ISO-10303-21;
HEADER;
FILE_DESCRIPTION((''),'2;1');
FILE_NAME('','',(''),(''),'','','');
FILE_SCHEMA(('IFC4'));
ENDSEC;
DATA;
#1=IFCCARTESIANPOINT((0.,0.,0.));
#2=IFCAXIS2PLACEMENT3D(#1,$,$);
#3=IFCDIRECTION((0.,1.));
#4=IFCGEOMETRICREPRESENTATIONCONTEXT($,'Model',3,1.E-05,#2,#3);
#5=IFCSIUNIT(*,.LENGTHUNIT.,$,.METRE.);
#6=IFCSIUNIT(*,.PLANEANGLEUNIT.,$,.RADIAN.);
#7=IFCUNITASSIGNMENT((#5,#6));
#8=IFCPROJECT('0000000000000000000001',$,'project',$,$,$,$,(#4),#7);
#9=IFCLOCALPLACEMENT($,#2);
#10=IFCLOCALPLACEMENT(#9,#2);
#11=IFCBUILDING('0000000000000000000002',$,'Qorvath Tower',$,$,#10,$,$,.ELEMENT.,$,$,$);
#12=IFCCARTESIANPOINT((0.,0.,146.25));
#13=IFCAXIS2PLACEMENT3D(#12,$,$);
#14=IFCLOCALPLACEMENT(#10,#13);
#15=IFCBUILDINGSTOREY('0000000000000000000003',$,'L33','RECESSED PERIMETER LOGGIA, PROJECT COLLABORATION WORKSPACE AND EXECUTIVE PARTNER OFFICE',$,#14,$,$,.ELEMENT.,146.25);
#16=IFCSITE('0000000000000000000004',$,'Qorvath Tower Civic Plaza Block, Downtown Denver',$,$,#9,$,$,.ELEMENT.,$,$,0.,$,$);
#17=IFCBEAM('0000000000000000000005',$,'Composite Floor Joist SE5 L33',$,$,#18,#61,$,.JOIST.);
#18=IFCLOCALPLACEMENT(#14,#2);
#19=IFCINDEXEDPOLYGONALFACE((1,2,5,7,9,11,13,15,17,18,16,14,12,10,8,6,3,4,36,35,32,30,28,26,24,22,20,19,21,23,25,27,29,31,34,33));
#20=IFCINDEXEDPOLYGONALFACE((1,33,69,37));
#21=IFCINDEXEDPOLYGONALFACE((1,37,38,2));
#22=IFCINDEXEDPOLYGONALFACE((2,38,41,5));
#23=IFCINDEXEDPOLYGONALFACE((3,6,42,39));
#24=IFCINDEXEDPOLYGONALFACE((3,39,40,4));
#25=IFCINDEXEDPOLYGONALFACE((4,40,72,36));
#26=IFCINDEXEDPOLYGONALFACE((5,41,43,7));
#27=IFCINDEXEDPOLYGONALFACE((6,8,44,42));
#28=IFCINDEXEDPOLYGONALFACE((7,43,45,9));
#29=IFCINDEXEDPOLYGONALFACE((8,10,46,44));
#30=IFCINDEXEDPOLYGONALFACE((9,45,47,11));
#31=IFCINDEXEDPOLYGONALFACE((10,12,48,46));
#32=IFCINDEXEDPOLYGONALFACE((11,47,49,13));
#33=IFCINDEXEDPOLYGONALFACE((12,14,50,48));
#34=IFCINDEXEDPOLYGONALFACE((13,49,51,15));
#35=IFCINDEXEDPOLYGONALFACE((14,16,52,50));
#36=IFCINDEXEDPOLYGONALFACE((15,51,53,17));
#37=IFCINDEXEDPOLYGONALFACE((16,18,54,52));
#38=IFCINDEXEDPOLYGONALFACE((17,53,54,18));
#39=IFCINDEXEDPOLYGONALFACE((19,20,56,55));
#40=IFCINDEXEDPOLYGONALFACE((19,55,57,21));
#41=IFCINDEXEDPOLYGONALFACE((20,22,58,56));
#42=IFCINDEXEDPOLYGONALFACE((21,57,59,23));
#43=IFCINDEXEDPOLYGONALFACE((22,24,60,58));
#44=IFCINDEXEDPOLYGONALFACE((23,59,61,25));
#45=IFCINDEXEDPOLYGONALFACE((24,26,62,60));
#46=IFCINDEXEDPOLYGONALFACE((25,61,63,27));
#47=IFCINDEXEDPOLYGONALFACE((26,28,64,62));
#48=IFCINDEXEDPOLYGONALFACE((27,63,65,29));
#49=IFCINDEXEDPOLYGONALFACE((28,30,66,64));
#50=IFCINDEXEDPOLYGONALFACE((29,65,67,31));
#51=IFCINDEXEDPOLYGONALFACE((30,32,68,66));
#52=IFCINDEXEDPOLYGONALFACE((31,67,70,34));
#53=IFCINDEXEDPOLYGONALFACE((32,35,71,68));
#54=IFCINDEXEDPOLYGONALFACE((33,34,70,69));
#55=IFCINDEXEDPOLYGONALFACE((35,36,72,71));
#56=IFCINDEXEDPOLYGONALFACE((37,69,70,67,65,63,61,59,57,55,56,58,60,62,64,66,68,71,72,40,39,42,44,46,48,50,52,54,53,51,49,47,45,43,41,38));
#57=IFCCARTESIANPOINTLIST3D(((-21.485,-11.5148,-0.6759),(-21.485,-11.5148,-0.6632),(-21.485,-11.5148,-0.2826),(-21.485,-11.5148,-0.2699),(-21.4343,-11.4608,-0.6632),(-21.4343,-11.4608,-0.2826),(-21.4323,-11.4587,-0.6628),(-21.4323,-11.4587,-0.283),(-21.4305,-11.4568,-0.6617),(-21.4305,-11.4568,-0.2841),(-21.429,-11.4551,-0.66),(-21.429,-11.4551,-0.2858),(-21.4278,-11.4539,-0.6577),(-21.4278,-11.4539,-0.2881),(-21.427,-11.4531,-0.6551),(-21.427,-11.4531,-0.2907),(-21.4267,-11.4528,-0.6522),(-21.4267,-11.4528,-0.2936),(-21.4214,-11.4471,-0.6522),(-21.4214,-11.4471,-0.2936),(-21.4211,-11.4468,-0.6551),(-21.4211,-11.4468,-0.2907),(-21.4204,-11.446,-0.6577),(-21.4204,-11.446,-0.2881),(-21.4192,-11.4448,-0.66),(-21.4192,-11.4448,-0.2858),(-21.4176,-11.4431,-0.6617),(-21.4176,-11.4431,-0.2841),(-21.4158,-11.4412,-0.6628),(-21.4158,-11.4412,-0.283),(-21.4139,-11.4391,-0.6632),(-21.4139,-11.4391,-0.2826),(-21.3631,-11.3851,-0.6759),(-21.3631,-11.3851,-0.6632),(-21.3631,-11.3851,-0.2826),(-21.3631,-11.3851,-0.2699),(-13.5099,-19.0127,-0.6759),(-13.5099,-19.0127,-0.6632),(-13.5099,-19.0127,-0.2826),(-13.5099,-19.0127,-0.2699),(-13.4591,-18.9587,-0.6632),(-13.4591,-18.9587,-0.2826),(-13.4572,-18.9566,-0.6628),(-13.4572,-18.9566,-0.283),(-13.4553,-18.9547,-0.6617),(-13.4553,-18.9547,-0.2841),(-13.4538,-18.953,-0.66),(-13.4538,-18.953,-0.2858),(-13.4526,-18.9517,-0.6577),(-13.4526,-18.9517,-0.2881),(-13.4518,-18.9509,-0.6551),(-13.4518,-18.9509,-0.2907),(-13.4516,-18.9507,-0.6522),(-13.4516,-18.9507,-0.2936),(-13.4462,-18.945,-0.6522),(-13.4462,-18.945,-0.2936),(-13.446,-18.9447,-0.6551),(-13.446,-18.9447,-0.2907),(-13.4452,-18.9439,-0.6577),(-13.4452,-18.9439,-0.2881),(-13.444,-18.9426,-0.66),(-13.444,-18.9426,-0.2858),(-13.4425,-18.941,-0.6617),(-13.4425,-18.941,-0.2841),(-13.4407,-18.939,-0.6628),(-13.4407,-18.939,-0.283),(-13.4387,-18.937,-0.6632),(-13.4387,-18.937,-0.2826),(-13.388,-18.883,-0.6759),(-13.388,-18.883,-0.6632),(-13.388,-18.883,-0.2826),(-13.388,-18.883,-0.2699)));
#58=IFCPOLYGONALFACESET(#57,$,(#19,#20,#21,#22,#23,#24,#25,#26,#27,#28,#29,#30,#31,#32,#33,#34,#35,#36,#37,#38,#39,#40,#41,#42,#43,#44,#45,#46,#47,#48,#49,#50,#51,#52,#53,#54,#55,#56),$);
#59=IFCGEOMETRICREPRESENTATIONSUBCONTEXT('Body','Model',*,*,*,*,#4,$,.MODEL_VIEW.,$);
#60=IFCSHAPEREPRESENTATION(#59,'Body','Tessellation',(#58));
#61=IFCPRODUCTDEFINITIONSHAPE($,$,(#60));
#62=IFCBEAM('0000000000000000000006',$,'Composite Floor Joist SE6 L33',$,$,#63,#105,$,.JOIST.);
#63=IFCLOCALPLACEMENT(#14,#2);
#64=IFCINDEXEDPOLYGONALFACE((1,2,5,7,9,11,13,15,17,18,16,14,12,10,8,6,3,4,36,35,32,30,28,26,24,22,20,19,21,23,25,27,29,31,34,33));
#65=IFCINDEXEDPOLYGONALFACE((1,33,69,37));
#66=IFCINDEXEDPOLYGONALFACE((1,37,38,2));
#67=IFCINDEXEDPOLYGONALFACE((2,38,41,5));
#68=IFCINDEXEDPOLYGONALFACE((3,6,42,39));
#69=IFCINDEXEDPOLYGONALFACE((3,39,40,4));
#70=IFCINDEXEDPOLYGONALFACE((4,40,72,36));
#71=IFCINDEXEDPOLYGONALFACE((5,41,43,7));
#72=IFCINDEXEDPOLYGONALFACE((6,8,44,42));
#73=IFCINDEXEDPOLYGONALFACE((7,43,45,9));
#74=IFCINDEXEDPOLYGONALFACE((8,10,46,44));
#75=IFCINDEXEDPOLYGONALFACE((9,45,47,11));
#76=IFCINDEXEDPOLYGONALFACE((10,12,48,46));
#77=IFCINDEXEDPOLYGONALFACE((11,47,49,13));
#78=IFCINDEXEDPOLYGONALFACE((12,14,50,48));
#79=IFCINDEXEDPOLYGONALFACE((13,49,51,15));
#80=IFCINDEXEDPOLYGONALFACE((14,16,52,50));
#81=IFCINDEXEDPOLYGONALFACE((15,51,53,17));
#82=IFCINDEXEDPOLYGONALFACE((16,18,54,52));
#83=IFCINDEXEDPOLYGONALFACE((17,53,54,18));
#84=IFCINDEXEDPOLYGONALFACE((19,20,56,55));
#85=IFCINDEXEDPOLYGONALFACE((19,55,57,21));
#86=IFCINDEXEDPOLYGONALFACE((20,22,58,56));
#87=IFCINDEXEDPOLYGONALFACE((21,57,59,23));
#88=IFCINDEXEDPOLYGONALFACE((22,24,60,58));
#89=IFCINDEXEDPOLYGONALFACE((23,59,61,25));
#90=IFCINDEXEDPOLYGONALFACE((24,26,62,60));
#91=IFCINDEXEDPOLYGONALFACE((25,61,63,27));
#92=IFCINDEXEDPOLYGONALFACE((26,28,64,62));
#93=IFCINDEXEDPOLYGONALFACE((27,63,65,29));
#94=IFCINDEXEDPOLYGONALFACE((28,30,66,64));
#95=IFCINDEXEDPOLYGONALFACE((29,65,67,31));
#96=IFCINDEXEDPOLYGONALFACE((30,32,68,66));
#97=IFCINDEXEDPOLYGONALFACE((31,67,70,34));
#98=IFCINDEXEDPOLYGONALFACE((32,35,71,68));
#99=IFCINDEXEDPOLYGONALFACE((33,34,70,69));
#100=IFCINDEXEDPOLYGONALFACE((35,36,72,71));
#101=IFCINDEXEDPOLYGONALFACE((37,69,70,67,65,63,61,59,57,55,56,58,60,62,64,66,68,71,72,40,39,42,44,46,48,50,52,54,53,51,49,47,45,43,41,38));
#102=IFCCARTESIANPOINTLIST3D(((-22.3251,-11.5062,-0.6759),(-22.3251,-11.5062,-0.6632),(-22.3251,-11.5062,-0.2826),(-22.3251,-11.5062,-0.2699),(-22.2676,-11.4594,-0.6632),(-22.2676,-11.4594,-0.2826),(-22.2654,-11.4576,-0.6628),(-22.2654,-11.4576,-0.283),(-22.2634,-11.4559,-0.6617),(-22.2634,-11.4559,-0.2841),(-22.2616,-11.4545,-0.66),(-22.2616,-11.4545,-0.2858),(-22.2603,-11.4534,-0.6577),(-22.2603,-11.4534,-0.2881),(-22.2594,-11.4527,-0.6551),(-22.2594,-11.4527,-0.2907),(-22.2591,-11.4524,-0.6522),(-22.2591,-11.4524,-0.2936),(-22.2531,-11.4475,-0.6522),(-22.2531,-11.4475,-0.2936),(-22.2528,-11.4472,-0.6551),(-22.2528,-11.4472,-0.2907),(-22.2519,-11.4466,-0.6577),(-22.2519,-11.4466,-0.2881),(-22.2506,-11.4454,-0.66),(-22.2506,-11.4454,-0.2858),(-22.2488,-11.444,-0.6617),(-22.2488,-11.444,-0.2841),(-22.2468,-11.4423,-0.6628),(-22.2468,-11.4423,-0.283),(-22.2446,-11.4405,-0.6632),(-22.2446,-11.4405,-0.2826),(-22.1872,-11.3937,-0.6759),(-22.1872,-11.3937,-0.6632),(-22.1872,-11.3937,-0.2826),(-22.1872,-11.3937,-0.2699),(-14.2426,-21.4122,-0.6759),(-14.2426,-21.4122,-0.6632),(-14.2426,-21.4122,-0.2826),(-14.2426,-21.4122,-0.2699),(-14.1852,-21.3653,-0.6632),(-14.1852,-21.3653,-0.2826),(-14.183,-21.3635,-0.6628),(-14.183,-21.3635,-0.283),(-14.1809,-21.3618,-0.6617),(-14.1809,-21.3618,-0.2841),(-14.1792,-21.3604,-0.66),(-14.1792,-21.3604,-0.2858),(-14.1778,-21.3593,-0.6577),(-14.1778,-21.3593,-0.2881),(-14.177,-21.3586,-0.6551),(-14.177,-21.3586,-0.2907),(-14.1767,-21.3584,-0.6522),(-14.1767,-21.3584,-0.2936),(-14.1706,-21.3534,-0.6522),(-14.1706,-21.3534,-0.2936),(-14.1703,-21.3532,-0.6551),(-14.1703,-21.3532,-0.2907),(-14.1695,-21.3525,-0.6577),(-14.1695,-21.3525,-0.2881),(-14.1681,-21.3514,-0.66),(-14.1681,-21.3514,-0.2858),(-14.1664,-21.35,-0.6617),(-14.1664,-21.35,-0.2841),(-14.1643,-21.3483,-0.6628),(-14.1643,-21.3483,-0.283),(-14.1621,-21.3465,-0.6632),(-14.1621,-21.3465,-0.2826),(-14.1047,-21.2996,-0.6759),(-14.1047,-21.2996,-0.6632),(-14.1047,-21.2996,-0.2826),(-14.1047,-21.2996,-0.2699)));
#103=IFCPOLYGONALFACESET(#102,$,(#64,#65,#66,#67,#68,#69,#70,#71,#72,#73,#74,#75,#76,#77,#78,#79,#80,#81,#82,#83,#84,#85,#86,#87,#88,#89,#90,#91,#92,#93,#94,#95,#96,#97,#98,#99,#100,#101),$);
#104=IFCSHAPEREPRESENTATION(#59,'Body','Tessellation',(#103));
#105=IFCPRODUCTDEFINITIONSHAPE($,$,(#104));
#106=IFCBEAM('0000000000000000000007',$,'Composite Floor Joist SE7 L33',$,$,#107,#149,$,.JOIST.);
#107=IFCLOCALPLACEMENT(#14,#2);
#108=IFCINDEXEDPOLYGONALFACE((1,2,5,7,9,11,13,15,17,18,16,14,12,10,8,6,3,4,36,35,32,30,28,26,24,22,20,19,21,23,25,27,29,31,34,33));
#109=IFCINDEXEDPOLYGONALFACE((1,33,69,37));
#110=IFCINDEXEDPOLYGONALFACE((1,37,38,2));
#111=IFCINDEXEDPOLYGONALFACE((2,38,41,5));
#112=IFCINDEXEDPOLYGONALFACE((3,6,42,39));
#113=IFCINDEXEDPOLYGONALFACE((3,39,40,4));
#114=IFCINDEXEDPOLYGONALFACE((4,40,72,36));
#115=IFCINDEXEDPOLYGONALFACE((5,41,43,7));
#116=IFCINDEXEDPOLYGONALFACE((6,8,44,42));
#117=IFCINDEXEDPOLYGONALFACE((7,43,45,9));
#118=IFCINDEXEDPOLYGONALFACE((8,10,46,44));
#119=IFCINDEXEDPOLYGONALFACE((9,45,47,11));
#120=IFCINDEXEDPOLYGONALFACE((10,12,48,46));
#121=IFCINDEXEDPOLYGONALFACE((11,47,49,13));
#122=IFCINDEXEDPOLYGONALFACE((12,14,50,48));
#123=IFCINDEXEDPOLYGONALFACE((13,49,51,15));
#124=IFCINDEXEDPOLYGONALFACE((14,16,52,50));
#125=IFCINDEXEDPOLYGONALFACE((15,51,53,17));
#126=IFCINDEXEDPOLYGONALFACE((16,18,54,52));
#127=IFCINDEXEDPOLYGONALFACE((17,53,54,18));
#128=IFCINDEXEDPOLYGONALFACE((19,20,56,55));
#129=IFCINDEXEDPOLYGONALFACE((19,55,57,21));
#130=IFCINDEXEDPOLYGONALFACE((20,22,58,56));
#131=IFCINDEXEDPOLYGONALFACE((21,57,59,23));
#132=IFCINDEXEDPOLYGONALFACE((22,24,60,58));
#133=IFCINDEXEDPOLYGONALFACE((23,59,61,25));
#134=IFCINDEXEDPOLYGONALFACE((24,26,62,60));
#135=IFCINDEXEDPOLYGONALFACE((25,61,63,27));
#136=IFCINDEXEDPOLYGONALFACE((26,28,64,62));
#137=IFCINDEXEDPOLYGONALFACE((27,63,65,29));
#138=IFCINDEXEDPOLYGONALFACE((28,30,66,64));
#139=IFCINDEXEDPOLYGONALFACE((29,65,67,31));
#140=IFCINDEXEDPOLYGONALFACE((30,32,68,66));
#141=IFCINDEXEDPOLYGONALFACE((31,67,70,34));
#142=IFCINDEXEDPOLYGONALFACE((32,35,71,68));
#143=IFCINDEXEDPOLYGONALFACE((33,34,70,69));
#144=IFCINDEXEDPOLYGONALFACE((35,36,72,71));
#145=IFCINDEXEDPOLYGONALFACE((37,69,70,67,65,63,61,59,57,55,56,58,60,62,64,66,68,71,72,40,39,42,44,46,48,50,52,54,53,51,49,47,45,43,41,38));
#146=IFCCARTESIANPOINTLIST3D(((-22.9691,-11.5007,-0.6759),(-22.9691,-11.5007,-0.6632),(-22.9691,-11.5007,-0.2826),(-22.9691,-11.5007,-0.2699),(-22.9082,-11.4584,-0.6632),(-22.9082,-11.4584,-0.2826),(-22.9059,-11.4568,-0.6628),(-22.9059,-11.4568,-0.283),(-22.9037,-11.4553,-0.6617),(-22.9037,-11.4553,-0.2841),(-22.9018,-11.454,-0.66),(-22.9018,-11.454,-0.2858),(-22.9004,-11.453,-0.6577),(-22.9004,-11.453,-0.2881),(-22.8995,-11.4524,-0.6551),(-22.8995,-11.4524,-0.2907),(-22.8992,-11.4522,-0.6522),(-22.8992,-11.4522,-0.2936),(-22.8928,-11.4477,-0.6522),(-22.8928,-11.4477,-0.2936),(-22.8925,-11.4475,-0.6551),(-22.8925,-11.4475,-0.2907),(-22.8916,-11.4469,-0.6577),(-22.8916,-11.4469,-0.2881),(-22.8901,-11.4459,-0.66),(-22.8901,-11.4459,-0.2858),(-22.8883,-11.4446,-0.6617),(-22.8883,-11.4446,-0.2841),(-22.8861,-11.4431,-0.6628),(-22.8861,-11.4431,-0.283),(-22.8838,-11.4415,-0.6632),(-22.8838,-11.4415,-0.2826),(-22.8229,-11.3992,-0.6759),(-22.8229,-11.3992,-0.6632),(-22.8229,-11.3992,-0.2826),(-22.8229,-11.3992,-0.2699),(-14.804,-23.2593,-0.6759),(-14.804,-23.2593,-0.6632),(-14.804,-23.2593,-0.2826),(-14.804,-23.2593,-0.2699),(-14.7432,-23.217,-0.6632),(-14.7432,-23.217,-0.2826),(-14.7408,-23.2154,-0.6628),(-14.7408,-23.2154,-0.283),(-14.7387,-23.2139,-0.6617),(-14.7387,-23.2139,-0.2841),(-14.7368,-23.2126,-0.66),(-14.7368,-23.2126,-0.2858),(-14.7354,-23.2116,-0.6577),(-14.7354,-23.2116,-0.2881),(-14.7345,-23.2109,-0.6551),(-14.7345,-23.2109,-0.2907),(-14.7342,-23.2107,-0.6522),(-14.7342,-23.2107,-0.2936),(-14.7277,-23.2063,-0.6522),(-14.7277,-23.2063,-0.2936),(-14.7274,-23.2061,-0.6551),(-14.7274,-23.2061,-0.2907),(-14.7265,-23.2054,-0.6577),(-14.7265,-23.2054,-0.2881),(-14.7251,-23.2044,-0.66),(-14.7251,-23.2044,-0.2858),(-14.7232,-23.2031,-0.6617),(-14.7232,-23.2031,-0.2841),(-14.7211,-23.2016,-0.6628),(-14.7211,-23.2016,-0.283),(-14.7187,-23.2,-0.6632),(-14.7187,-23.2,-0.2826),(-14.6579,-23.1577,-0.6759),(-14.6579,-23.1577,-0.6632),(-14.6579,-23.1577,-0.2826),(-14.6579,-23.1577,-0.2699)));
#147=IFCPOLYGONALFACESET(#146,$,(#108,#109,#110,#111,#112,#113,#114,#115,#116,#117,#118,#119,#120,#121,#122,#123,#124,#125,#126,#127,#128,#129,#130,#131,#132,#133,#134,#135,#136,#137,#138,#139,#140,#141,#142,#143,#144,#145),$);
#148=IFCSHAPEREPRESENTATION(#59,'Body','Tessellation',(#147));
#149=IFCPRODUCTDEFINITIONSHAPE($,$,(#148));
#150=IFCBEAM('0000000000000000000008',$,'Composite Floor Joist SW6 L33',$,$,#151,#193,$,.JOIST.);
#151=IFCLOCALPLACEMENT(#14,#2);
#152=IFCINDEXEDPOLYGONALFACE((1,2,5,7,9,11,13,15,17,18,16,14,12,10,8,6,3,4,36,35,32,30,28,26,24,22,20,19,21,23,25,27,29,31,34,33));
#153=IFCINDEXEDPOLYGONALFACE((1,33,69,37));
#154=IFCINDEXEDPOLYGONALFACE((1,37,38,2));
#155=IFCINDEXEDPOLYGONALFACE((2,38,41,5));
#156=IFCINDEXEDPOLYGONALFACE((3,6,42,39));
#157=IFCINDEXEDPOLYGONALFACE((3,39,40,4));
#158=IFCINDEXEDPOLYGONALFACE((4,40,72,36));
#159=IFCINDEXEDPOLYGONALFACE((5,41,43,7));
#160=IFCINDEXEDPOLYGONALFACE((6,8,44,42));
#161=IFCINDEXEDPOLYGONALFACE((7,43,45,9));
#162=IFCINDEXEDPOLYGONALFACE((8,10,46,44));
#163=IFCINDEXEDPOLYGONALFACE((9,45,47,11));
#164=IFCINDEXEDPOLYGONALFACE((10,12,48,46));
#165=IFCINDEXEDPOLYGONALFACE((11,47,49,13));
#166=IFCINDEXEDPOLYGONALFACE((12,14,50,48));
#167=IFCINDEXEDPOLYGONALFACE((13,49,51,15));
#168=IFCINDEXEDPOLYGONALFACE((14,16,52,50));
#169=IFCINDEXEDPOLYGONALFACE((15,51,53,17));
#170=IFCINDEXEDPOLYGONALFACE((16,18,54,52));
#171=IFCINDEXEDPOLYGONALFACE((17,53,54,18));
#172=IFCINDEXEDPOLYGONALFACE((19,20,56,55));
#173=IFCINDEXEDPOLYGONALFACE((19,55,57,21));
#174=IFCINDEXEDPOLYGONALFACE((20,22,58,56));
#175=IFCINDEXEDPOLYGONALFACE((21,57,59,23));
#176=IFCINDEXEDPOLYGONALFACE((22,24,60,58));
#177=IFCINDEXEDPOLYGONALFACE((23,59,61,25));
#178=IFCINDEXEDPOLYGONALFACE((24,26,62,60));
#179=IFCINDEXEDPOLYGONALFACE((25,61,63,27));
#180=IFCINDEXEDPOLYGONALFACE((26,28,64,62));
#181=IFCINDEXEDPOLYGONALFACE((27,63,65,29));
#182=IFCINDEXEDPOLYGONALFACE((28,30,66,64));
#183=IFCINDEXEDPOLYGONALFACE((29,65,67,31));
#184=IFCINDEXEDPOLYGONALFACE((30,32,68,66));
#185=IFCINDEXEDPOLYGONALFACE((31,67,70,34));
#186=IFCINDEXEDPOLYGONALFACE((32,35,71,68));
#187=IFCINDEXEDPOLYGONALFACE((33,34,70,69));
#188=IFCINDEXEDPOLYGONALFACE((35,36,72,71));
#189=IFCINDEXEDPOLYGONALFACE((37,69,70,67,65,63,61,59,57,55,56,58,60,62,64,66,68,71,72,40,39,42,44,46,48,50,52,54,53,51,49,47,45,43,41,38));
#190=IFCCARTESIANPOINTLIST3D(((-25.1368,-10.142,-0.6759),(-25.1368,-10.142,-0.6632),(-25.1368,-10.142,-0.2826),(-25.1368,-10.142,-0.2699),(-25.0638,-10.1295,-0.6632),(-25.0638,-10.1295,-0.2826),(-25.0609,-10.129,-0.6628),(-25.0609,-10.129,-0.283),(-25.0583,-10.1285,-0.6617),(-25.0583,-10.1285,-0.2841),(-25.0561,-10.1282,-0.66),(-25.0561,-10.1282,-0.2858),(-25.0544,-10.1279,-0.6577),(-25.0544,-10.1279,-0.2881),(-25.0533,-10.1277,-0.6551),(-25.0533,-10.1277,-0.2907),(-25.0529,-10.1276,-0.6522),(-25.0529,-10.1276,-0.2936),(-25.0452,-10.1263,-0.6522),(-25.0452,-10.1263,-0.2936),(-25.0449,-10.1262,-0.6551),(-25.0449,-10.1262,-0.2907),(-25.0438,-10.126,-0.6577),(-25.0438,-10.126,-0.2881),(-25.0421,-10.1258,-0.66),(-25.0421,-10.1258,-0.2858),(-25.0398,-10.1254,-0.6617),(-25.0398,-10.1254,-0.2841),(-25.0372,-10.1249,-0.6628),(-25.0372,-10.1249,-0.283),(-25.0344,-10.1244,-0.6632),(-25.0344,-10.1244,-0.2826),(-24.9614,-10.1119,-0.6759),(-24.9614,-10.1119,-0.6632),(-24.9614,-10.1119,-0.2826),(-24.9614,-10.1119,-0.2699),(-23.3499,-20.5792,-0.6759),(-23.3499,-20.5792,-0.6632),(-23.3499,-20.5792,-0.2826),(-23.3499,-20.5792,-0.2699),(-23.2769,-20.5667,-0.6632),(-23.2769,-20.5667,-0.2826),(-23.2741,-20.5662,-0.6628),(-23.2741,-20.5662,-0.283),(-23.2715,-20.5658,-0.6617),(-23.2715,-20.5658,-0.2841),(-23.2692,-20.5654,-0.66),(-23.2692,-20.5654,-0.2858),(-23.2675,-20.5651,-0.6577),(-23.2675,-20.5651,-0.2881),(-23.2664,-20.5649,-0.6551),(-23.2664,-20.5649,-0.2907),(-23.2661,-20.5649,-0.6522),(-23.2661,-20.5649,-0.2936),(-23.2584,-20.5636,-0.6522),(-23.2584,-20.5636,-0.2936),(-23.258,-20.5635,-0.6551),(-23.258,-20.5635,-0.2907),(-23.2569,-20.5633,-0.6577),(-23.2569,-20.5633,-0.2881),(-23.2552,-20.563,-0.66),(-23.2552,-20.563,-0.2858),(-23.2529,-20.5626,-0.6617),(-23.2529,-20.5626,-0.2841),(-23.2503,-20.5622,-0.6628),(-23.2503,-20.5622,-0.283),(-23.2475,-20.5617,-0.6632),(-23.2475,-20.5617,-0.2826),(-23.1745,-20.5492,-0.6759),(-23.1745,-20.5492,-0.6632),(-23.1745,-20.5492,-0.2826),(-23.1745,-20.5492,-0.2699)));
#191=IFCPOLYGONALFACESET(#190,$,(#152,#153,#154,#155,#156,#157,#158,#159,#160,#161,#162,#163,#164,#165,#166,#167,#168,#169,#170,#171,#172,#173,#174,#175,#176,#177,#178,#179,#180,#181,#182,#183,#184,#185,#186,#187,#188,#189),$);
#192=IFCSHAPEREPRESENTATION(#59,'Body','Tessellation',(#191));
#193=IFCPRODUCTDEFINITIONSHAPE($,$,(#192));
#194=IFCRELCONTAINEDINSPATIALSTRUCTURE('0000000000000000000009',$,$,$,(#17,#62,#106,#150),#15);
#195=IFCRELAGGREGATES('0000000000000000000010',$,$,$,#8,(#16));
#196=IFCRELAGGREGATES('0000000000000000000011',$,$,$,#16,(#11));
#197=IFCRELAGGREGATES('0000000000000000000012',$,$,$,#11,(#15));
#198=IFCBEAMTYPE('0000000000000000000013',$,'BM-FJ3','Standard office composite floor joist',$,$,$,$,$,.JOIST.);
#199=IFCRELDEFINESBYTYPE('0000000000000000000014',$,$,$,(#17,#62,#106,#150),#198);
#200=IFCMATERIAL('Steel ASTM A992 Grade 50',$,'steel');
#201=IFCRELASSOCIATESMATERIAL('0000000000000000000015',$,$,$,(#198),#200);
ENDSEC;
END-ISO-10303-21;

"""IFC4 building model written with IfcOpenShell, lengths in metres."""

from ifc_helpers import new_model, si_unit, direction, frame, origin, origin_2d, place, context, subcontext, project, spatial, i_section, extrude, material, material_profile, profile_set, type_object, element, save


model = new_model("IFC4")

# Units and contexts
model_context = context("Model", 3, precision=1e-05, world=origin(), true_north=direction((0.0, 1.0)))
body_context = subcontext(model_context, "Body", "Model", "MODEL_VIEW")
ifc_project = project(units=[si_unit("LENGTHUNIT", "METRE"), si_unit("PLANEANGLEUNIT", "RADIAN")], contexts=[model_context])

# Site, building, storey
site_placement = place(None, origin())
site = spatial("IfcSite", under=ifc_project, at=site_placement, Name="Qorvath Tower Civic Plaza Block, Downtown Denver", CompositionType="ELEMENT", RefElevation=0.0)
building_placement = place(site_placement, origin())
building = spatial("IfcBuilding", under=site, at=building_placement, Name="Qorvath Tower", CompositionType="ELEMENT")
storey_placement = place(building_placement, frame((0.0, 0.0, 146.25)))
storey = spatial("IfcBuildingStorey", under=building, at=storey_placement, Name="L33", Description="RECESSED PERIMETER LOGGIA, PROJECT COLLABORATION WORKSPACE AND EXECUTIVE PARTNER OFFICE", CompositionType="ELEMENT", Elevation=146.25)

# Beams
ifc_material_1 = material(Name="Steel ASTM A992 Grade 50", Category="steel")
ifc_material_profile_1 = material_profile(ifc_material_1, i_section(OverallWidth=0.178, OverallDepth=0.406, WebThickness=0.0078, FlangeThickness=0.0127, FilletRadius=0.011, at=origin_2d()), Name="W16x40")
ifc_profile_set_1 = profile_set([ifc_material_profile_1], Name="Steel ASTM A992 Grade 50")
beam_type_1 = type_object("IfcBeamType", Name="BM-FJ3", Description="Standard office composite floor joist", PredefinedType="JOIST", material=ifc_profile_set_1)
beam_1_placement = place(storey_placement, frame((-21.4241, -11.45, -0.4729), z_axis=(0.728572, -0.684969, 0.0), x_axis=(0.684969, 0.728572, 0.0)))
element("IfcBeam", 1, at=beam_1_placement, inside=storey, type_object=beam_type_1, Name="Composite Floor Joist SE5 L33", PredefinedType="JOIST", context=body_context, shape_type="SweptSolid", body=[
    extrude(i_section(OverallWidth=0.178, OverallDepth=0.406, WebThickness=0.0078, FlangeThickness=0.0127, FilletRadius=0.011, at=origin_2d()), origin(), (0.0, 0.0, 1.0), 10.9463),
])
beam_2_placement = place(storey_placement, frame((-22.2561, -11.45, -0.4729), z_axis=(0.632188, -0.774815, 0.0), x_axis=(0.774815, 0.632188, 0.0)))
element("IfcBeam", 2, at=beam_2_placement, inside=storey, type_object=beam_type_1, Name="Composite Floor Joist SE6 L33", PredefinedType="JOIST", context=body_context, shape_type="SweptSolid", body=[
    extrude(i_section(OverallWidth=0.178, OverallDepth=0.406, WebThickness=0.0078, FlangeThickness=0.0127, FilletRadius=0.011, at=origin_2d()), origin(), (0.0, 0.0, 1.0), 12.7849),
])
beam_3_placement = place(storey_placement, frame((-22.896, -11.45, -0.4729), z_axis=(0.570367, -0.82139, 0.0), x_axis=(0.82139, 0.570367, 0.0)))
element("IfcBeam", 3, at=beam_3_placement, inside=storey, type_object=beam_type_1, Name="Composite Floor Joist SE7 L33", PredefinedType="JOIST", context=body_context, shape_type="SweptSolid", body=[
    extrude(i_section(OverallWidth=0.178, OverallDepth=0.406, WebThickness=0.0078, FlangeThickness=0.0127, FilletRadius=0.011, at=origin_2d()), origin(), (0.0, 0.0, 1.0), 14.3154),
])
beam_4_placement = place(storey_placement, frame((-25.0491, -10.127, -0.4729), z_axis=(0.168746, -0.98566, 0.0), x_axis=(0.98566, 0.168746, 0.0)))
element("IfcBeam", 4, at=beam_4_placement, inside=storey, type_object=beam_type_1, Name="Composite Floor Joist SW6 L33", PredefinedType="JOIST", context=body_context, shape_type="SweptSolid", body=[
    extrude(i_section(OverallWidth=0.178, OverallDepth=0.406, WebThickness=0.0078, FlangeThickness=0.0127, FilletRadius=0.011, at=origin_2d()), origin(), (0.0, 0.0, 1.0), 10.5891),
])

save(model, "model.ifc")
